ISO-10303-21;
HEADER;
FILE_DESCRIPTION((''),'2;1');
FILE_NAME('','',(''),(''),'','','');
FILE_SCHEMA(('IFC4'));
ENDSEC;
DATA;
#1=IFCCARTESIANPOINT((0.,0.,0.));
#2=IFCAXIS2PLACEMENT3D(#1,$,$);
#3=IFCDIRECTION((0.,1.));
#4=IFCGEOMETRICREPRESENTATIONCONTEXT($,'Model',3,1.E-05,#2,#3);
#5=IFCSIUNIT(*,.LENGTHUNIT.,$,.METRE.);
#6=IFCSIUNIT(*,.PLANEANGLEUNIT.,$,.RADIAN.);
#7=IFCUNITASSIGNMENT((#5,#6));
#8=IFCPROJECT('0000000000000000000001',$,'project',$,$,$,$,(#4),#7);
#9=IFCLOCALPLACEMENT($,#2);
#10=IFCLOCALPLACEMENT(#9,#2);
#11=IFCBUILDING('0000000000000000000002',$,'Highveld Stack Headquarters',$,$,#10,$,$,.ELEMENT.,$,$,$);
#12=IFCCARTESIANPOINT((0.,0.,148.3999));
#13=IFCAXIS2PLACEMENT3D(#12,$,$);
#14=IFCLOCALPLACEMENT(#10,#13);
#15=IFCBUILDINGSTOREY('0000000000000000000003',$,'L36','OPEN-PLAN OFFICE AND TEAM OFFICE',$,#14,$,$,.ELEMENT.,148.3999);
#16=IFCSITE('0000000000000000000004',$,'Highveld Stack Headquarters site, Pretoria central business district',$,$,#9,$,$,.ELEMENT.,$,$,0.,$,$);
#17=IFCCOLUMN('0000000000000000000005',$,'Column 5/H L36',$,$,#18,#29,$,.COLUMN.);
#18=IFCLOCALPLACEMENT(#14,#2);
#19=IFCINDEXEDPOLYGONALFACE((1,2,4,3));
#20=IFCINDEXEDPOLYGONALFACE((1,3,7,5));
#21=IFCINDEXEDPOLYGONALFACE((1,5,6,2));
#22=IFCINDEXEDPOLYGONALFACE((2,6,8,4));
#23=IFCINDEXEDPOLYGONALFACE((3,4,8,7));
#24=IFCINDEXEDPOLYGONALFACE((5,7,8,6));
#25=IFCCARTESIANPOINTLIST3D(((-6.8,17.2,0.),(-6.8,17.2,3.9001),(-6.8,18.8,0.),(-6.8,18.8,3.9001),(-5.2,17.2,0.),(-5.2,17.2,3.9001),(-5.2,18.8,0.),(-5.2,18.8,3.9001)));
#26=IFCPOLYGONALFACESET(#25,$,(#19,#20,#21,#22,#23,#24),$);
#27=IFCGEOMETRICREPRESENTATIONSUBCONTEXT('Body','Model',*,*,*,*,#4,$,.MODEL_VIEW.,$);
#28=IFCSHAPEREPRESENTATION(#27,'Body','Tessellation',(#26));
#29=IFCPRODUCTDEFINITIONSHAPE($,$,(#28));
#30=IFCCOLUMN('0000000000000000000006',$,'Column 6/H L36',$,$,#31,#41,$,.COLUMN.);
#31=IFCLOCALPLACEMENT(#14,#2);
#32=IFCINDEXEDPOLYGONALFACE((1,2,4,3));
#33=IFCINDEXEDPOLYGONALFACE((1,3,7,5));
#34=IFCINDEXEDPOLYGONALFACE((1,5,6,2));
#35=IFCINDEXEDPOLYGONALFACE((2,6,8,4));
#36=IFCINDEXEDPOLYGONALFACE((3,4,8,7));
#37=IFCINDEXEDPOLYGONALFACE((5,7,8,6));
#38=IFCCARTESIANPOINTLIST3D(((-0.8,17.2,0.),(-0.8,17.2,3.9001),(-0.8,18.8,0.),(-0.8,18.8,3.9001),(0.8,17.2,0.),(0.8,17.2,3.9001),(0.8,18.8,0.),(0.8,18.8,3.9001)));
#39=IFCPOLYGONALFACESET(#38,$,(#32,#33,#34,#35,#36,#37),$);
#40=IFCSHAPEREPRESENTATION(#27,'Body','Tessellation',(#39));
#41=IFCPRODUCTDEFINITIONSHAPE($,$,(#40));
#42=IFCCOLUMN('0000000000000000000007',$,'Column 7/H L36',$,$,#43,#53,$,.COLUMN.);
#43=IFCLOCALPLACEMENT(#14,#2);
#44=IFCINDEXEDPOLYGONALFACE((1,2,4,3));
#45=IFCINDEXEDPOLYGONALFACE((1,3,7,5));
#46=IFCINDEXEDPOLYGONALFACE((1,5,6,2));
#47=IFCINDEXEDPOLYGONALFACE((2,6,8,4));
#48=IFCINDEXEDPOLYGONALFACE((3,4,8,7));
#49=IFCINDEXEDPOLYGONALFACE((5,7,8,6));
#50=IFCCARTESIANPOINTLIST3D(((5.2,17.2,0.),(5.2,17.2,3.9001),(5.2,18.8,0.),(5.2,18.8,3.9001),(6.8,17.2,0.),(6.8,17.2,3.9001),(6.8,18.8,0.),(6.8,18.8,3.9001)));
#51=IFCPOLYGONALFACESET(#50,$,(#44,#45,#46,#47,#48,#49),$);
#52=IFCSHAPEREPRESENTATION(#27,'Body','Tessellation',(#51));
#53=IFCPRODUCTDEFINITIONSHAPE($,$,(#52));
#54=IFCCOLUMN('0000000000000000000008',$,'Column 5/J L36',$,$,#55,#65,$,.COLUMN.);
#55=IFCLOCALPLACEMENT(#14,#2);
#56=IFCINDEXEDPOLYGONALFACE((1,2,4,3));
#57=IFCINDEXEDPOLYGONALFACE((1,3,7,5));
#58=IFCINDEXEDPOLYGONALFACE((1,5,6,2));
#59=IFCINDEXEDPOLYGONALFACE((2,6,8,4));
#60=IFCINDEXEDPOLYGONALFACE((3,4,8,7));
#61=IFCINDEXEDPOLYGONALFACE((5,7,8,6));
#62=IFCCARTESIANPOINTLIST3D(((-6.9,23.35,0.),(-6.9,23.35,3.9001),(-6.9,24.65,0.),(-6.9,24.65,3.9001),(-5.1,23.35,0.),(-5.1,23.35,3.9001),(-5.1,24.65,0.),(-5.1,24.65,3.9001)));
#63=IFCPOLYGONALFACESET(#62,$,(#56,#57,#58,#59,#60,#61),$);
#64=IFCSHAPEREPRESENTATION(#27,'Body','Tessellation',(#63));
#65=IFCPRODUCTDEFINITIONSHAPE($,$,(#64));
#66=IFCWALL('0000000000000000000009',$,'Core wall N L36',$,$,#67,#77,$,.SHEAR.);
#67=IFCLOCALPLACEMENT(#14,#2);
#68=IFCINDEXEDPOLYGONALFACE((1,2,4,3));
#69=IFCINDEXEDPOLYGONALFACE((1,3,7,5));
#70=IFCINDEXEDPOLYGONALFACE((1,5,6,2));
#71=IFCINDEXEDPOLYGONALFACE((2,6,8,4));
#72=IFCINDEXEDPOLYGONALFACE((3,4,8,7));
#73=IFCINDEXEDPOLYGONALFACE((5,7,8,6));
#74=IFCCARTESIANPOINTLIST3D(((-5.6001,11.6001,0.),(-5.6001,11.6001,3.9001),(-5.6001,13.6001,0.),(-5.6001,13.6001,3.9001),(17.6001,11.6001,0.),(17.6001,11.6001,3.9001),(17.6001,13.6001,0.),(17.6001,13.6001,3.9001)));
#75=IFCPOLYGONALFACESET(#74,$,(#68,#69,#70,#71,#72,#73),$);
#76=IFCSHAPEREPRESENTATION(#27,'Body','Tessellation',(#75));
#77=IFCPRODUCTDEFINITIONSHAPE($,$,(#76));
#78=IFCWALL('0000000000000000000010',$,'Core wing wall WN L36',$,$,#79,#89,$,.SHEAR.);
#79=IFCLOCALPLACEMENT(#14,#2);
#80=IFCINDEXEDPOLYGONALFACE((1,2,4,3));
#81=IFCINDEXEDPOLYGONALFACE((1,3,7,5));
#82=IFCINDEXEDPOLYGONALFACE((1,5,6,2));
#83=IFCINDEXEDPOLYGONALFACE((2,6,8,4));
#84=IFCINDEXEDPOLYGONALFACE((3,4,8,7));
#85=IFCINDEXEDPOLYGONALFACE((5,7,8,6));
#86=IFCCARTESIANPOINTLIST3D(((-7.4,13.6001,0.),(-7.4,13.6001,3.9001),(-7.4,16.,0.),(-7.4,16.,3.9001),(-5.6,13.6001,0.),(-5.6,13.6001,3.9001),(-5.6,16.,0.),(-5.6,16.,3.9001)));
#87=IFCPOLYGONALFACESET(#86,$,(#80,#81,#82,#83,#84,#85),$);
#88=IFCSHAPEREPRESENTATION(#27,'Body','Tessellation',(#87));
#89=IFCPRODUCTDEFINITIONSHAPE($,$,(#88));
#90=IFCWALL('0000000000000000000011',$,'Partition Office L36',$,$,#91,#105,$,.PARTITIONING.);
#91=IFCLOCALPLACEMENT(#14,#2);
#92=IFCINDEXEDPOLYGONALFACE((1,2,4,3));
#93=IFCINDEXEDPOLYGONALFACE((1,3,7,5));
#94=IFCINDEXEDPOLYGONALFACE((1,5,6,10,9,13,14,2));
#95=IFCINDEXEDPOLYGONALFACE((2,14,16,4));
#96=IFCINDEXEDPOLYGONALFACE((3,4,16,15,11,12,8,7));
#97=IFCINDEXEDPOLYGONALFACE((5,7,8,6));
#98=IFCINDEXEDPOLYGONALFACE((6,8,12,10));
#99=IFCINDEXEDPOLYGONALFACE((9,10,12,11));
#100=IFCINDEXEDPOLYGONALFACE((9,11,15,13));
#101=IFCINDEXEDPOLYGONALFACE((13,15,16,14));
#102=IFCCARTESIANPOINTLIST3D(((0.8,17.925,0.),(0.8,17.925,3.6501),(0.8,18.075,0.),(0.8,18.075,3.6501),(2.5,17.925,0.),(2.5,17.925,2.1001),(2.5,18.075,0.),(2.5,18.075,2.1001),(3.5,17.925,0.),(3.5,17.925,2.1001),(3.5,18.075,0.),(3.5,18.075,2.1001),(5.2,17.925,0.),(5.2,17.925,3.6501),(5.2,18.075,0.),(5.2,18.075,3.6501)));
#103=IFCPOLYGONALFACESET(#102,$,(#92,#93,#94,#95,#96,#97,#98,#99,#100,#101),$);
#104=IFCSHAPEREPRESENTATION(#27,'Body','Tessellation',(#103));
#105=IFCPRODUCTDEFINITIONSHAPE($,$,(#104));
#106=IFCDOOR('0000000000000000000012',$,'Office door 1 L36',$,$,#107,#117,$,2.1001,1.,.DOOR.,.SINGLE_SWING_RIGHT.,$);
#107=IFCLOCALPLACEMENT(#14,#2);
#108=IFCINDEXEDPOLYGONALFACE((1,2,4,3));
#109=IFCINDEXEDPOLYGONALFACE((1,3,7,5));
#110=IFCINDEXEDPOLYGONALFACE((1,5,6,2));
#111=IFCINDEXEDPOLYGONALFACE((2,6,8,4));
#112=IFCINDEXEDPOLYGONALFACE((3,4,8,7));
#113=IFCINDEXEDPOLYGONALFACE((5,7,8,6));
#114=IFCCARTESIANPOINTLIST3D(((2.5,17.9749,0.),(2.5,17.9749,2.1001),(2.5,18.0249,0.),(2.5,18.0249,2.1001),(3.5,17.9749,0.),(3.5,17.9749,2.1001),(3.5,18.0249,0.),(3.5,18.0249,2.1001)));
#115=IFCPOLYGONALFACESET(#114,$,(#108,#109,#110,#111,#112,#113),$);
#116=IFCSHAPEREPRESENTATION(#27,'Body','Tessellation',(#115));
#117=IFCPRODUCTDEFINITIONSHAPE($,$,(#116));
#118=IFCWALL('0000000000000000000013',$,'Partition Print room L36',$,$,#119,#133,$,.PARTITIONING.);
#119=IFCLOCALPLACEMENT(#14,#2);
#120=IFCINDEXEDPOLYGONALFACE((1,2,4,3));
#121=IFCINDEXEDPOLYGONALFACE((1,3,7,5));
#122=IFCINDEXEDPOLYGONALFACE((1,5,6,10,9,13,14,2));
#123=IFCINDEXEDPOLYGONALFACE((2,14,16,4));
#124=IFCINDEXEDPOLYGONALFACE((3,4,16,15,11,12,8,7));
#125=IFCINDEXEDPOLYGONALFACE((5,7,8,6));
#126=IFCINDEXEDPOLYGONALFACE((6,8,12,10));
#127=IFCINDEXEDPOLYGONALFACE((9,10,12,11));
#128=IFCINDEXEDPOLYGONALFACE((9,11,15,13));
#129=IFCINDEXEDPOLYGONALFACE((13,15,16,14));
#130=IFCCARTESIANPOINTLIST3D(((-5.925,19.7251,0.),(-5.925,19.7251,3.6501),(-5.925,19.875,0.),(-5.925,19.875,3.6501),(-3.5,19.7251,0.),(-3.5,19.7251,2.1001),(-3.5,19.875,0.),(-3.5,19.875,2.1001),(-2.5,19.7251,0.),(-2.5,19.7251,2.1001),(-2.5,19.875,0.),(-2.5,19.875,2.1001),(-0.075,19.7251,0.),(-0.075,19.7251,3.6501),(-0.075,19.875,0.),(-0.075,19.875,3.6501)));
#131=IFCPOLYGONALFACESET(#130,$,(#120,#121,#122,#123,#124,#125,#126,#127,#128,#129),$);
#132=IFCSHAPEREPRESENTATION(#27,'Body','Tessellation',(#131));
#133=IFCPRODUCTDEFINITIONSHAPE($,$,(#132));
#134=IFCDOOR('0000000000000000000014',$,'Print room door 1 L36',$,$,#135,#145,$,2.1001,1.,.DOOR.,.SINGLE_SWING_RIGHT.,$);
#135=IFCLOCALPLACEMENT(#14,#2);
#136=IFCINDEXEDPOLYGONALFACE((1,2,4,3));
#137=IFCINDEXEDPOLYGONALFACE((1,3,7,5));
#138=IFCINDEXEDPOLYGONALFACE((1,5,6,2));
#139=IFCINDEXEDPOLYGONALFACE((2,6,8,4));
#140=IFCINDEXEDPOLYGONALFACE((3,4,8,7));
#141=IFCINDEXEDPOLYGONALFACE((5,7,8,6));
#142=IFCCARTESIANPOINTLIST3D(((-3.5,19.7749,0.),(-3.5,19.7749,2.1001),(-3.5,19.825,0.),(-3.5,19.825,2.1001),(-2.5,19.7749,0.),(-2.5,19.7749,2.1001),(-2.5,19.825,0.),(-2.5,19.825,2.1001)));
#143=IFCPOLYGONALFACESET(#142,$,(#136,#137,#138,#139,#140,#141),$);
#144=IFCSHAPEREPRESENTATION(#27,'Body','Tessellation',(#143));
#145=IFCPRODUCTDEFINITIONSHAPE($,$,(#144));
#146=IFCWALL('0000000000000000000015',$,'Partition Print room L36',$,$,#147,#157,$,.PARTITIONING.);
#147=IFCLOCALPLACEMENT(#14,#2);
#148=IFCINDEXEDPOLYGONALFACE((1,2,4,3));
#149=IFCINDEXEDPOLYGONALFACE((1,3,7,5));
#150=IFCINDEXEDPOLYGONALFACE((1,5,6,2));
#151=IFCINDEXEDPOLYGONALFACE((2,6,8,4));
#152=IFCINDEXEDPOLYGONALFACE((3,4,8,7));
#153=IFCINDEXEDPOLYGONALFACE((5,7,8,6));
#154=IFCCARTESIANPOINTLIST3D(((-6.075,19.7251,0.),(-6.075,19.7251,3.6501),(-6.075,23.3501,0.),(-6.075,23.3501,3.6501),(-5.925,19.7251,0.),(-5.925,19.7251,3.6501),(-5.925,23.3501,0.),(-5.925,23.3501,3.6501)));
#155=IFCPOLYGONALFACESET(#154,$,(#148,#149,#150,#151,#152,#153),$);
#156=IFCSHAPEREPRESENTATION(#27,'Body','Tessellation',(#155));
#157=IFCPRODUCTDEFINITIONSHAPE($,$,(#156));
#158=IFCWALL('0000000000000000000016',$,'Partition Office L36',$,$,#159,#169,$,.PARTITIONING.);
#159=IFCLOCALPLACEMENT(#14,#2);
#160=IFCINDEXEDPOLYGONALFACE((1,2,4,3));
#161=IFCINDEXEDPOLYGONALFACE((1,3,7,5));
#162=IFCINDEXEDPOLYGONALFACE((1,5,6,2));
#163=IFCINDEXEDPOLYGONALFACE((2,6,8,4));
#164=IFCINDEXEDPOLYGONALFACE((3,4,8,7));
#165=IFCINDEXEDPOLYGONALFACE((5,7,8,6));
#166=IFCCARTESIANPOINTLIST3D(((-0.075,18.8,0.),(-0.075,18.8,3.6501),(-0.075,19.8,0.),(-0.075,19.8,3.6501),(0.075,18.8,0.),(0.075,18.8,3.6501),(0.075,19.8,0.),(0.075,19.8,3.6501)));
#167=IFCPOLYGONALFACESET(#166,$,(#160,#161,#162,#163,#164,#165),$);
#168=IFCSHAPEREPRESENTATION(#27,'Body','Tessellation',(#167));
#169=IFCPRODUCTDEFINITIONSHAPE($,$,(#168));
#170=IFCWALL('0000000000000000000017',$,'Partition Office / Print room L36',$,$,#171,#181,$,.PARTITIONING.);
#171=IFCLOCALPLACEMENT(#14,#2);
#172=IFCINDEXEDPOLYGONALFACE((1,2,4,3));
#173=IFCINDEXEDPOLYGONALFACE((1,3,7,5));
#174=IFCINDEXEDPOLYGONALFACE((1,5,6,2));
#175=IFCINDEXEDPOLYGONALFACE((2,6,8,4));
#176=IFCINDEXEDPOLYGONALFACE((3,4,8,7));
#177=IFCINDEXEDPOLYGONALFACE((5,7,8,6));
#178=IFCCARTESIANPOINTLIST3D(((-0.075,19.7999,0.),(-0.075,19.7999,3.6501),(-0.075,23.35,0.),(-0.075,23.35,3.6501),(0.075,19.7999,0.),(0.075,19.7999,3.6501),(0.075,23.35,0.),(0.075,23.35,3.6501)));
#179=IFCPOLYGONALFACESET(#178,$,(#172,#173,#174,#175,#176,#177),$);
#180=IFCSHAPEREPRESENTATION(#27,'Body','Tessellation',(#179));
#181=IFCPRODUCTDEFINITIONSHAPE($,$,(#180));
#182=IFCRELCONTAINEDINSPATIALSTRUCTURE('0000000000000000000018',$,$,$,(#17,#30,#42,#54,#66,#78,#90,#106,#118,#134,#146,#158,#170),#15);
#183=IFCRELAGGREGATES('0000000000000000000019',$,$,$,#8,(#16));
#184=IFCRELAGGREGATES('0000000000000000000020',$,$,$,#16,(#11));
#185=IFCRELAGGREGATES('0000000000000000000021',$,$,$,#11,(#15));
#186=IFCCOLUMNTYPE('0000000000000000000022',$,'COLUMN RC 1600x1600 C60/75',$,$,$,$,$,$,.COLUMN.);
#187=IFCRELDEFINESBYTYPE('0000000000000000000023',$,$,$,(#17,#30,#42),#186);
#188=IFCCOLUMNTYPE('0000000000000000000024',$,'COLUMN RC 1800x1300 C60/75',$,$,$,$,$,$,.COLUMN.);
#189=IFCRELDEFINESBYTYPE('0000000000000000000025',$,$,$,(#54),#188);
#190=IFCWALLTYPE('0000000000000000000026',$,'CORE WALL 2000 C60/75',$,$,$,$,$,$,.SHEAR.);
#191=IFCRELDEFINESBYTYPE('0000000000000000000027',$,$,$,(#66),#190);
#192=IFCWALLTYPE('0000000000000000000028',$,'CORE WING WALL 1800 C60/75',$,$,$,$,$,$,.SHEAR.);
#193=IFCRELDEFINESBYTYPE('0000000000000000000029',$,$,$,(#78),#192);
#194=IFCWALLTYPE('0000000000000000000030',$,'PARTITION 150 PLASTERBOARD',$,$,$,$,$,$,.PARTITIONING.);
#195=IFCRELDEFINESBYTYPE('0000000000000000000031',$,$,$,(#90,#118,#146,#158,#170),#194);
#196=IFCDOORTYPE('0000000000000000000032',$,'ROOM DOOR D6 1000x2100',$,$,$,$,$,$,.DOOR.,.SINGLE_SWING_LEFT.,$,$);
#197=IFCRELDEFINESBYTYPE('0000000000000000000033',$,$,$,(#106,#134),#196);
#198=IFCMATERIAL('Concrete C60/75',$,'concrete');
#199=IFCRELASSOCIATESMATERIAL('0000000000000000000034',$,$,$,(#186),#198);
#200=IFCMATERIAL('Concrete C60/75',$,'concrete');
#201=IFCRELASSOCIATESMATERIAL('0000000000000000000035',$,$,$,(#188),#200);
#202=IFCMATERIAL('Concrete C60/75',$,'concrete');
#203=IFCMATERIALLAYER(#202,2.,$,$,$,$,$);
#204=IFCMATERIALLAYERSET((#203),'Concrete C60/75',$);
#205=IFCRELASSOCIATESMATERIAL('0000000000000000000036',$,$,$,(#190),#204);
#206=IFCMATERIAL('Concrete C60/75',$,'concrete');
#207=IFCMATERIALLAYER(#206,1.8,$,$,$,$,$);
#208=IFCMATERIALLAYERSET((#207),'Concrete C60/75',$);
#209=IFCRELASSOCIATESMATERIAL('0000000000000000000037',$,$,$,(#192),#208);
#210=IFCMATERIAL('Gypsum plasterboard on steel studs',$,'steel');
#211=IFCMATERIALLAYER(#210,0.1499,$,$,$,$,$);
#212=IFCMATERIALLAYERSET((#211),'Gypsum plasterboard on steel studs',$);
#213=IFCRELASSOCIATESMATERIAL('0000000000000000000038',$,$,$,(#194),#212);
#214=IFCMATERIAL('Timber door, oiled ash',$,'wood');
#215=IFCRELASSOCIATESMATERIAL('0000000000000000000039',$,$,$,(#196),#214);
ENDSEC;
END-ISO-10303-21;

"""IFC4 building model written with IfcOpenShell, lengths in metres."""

from ifc_helpers import new_model, si_unit, direction, frame, frame_2d, origin, origin_2d, place, context, subcontext, project, spatial, rectangle, extrude, material, layer, layer_set, material_profile, profile_set, type_object, element, fill, save


model = new_model("IFC4")

# Units and contexts
model_context = context("Model", 3, precision=1e-05, world=origin(), true_north=direction((0.0, 1.0)))
body_context = subcontext(model_context, "Body", "Model", "MODEL_VIEW")
ifc_project = project(units=[si_unit("LENGTHUNIT", "METRE"), si_unit("PLANEANGLEUNIT", "RADIAN")], contexts=[model_context])

# Site, building, storey
site_placement = place(None, origin())
site = spatial("IfcSite", under=ifc_project, at=site_placement, Name="Highveld Stack Headquarters site, Pretoria central business district", CompositionType="ELEMENT", RefElevation=0.0)
building_placement = place(site_placement, origin())
building = spatial("IfcBuilding", under=site, at=building_placement, Name="Highveld Stack Headquarters", CompositionType="ELEMENT")
storey_placement = place(building_placement, frame((0.0, 0.0, 148.3999)))
storey = spatial("IfcBuildingStorey", under=building, at=storey_placement, Name="L36", Description="OPEN-PLAN OFFICE AND TEAM OFFICE", CompositionType="ELEMENT", Elevation=148.3999)

# Columns
ifc_material_1 = material(Name="Concrete C60/75", Category="concrete")
ifc_material_profile_1 = material_profile(ifc_material_1, rectangle(XDim=1.6001, YDim=1.6001, at=origin_2d()), Name="RC 1600x1600")
ifc_profile_set_1 = profile_set([ifc_material_profile_1], Name="Concrete C60/75")
column_type_1 = type_object("IfcColumnType", Name="COLUMN RC 1600x1600 C60/75", PredefinedType="COLUMN", material=ifc_profile_set_1)
for number, where, z_axis, x_axis, name in (
    (1, (-6.0, 18.0, 0.0), (0.0, 0.0, 1.0), (1.0, 0.0, 0.0), "Column 5/H L36"),
    (2, (0.0, 18.0, 0.0), (0.0, 0.0, 1.0), (1.0, 0.0, 0.0), "Column 6/H L36"),
    (3, (6.0, 18.0, 0.0), (0.0, 0.0, 1.0), (1.0, 0.0, 0.0), "Column 7/H L36"),
):
    element("IfcColumn", number, at=place(storey_placement, frame(where, z_axis=z_axis, x_axis=x_axis)), inside=storey, type_object=column_type_1, Name=name, PredefinedType="COLUMN", context=body_context, shape_type="SweptSolid", body=[
        extrude(rectangle(XDim=1.6001, YDim=1.6001, at=origin_2d()), origin(), (0.0, 0.0, 1.0), 3.9001),
    ])
ifc_material_2 = material(Name="Concrete C60/75", Category="concrete")
ifc_material_profile_2 = material_profile(ifc_material_2, rectangle(XDim=1.8, YDim=1.3, at=origin_2d()), Name="RC 1800x1300")
ifc_profile_set_2 = profile_set([ifc_material_profile_2], Name="Concrete C60/75")
column_type_2 = type_object("IfcColumnType", Name="COLUMN RC 1800x1300 C60/75", PredefinedType="COLUMN", material=ifc_profile_set_2)
column_placement = place(storey_placement, frame((-6.0, 24.0, 0.0), z_axis=(0.0, 0.0, 1.0), x_axis=(1.0, 0.0, 0.0)))
element("IfcColumn", 4, at=column_placement, inside=storey, type_object=column_type_2, Name="Column 5/J L36", PredefinedType="COLUMN", context=body_context, shape_type="SweptSolid", body=[
    extrude(rectangle(XDim=1.8, YDim=1.3, at=origin_2d()), origin(), (0.0, 0.0, 1.0), 3.9001),
])

# Walls
ifc_material_3 = material(Name="Concrete C60/75", Category="concrete")
ifc_layer_1 = layer(ifc_material_3, 2.0)
ifc_layer_set_1 = layer_set([ifc_layer_1], Name="Concrete C60/75")
wall_type_1 = type_object("IfcWallType", Name="CORE WALL 2000 C60/75", PredefinedType="SHEAR", material=ifc_layer_set_1)
wall_1_placement = place(storey_placement, frame((-5.6001, 12.6001, 0.0), z_axis=(0.0, 0.0, 1.0), x_axis=(1.0, 0.0, 0.0)))
element("IfcWall", 5, at=wall_1_placement, inside=storey, type_object=wall_type_1, Name="Core wall N L36", PredefinedType="SHEAR", context=body_context, shape_type="SweptSolid", body=[
    extrude(rectangle(XDim=23.2002, YDim=2.0, at=frame_2d((11.6001, 0.0))), origin(), (0.0, 0.0, 1.0), 3.9001),
])
ifc_material_4 = material(Name="Concrete C60/75", Category="concrete")
ifc_layer_2 = layer(ifc_material_4, 1.8)
ifc_layer_set_2 = layer_set([ifc_layer_2], Name="Concrete C60/75")
wall_type_2 = type_object("IfcWallType", Name="CORE WING WALL 1800 C60/75", PredefinedType="SHEAR", material=ifc_layer_set_2)
wall_2_placement = place(storey_placement, frame((-6.5, 13.6001, 0.0), z_axis=(0.0, 0.0, 1.0), x_axis=(0.0, 1.0, 0.0)))
element("IfcWall", 6, at=wall_2_placement, inside=storey, type_object=wall_type_2, Name="Core wing wall WN L36", PredefinedType="SHEAR", context=body_context, shape_type="SweptSolid", body=[
    extrude(rectangle(XDim=2.3999, YDim=1.8, at=frame_2d((1.2, 0.0))), origin(), (0.0, 0.0, 1.0), 3.9001),
])

# Walls, openings, doors
ifc_material_5 = material(Name="Gypsum plasterboard on steel studs", Category="steel")
ifc_layer_3 = layer(ifc_material_5, 0.1499)
ifc_layer_set_3 = layer_set([ifc_layer_3], Name="Gypsum plasterboard on steel studs")
wall_type_3 = type_object("IfcWallType", Name="PARTITION 150 PLASTERBOARD", PredefinedType="PARTITIONING", material=ifc_layer_set_3)
wall_3_placement = place(storey_placement, frame((0.8, 18.0, 0.0), z_axis=(0.0, 0.0, 1.0), x_axis=(1.0, 0.0, 0.0)))
wall_3 = element("IfcWall", 7, at=wall_3_placement, inside=storey, type_object=wall_type_3, Name="Partition Office L36", PredefinedType="PARTITIONING", context=body_context, shape_type="SweptSolid", body=[
    extrude(rectangle(XDim=4.3999, YDim=0.1499, at=frame_2d((2.2, 0.0))), origin(), (0.0, 0.0, 1.0), 3.6501),
])
opening_1_placement = place(wall_3_placement, frame((1.7, 0.0, 0.0)))
opening_1 = element("IfcOpeningElement", 8, at=opening_1_placement, cuts=wall_3, PredefinedType="OPENING", context=body_context, shape_type="SweptSolid", body=[
    extrude(rectangle(XDim=1.0, YDim=2.1001, at=frame_2d((0.5, 1.05))), frame((0.0, 0.085, 0.0), z_axis=(0.0, -1.0, 0.0), x_axis=(1.0, 0.0, 0.0)), (0.0, 0.0, 1.0), 0.1699),
])
ifc_material_6 = material(Name="Timber door, oiled ash", Category="wood")
door_type = type_object("IfcDoorType", Name="ROOM DOOR D6 1000x2100", OperationType="SINGLE_SWING_LEFT", PredefinedType="DOOR", material=ifc_material_6)
door_1_placement = place(opening_1_placement, origin())
door_1 = element("IfcDoor", 9, at=door_1_placement, inside=storey, type_object=door_type, Name="Office door 1 L36", OperationType="SINGLE_SWING_RIGHT", OverallHeight=2.1001, OverallWidth=1.0, PredefinedType="DOOR", context=body_context, shape_type="SweptSolid", body=[
    extrude(rectangle(XDim=1.0, YDim=2.1001, at=frame_2d((0.5, 1.05))), frame((0.0, 0.0249, 0.0), z_axis=(0.0, -1.0, 0.0), x_axis=(1.0, 0.0, 0.0)), (0.0, 0.0, 1.0), 0.05),
])
fill(opening_1, door_1)
wall_4_placement = place(storey_placement, frame((-5.925, 19.8, 0.0), z_axis=(0.0, 0.0, 1.0), x_axis=(1.0, 0.0, 0.0)))
wall_4 = element("IfcWall", 10, at=wall_4_placement, inside=storey, type_object=wall_type_3, Name="Partition Print room L36", PredefinedType="PARTITIONING", context=body_context, shape_type="SweptSolid", body=[
    extrude(rectangle(XDim=5.8501, YDim=0.1499, at=frame_2d((2.925, 0.0))), origin(), (0.0, 0.0, 1.0), 3.6501),
])
opening_2_placement = place(wall_4_placement, frame((2.425, 0.0, 0.0)))
opening_2 = element("IfcOpeningElement", 11, at=opening_2_placement, cuts=wall_4, PredefinedType="OPENING", context=body_context, shape_type="SweptSolid", body=[
    extrude(rectangle(XDim=1.0, YDim=2.1001, at=frame_2d((0.5, 1.05))), frame((0.0, 0.085, 0.0), z_axis=(0.0, -1.0, 0.0), x_axis=(1.0, 0.0, 0.0)), (0.0, 0.0, 1.0), 0.1699),
])
door_2_placement = place(opening_2_placement, origin())
door_2 = element("IfcDoor", 12, at=door_2_placement, inside=storey, type_object=door_type, Name="Print room door 1 L36", OperationType="SINGLE_SWING_RIGHT", OverallHeight=2.1001, OverallWidth=1.0, PredefinedType="DOOR", context=body_context, shape_type="SweptSolid", body=[
    extrude(rectangle(XDim=1.0, YDim=2.1001, at=frame_2d((0.5, 1.05))), frame((0.0, 0.0249, 0.0), z_axis=(0.0, -1.0, 0.0), x_axis=(1.0, 0.0, 0.0)), (0.0, 0.0, 1.0), 0.05),
])
fill(opening_2, door_2)

# Walls
wall_5_placement = place(storey_placement, frame((-6.0, 19.7251, 0.0), z_axis=(0.0, 0.0, 1.0), x_axis=(0.0, 1.0, 0.0)))
element("IfcWall", 13, at=wall_5_placement, inside=storey, type_object=wall_type_3, Name="Partition Print room L36", PredefinedType="PARTITIONING", context=body_context, shape_type="SweptSolid", body=[
    extrude(rectangle(XDim=3.625, YDim=0.1499, at=frame_2d((1.8125, 0.0))), origin(), (0.0, 0.0, 1.0), 3.6501),
])
wall_6_placement = place(storey_placement, frame((0.0, 18.8, 0.0), z_axis=(0.0, 0.0, 1.0), x_axis=(0.0, 1.0, 0.0)))
element("IfcWall", 14, at=wall_6_placement, inside=storey, type_object=wall_type_3, Name="Partition Office L36", PredefinedType="PARTITIONING", context=body_context, shape_type="SweptSolid", body=[
    extrude(rectangle(XDim=1.0, YDim=0.1499, at=frame_2d((0.5, 0.0))), origin(), (0.0, 0.0, 1.0), 3.6501),
])
wall_7_placement = place(storey_placement, frame((0.0, 19.8, 0.0), z_axis=(0.0, 0.0, 1.0), x_axis=(0.0, 1.0, 0.0)))
element("IfcWall", 15, at=wall_7_placement, inside=storey, type_object=wall_type_3, Name="Partition Office / Print room L36", PredefinedType="PARTITIONING", context=body_context, shape_type="SweptSolid", body=[
    extrude(rectangle(XDim=3.55, YDim=0.1499, at=frame_2d((1.7749, 0.0))), origin(), (0.0, 0.0, 1.0), 3.6501),
])

save(model, "model.ifc")
